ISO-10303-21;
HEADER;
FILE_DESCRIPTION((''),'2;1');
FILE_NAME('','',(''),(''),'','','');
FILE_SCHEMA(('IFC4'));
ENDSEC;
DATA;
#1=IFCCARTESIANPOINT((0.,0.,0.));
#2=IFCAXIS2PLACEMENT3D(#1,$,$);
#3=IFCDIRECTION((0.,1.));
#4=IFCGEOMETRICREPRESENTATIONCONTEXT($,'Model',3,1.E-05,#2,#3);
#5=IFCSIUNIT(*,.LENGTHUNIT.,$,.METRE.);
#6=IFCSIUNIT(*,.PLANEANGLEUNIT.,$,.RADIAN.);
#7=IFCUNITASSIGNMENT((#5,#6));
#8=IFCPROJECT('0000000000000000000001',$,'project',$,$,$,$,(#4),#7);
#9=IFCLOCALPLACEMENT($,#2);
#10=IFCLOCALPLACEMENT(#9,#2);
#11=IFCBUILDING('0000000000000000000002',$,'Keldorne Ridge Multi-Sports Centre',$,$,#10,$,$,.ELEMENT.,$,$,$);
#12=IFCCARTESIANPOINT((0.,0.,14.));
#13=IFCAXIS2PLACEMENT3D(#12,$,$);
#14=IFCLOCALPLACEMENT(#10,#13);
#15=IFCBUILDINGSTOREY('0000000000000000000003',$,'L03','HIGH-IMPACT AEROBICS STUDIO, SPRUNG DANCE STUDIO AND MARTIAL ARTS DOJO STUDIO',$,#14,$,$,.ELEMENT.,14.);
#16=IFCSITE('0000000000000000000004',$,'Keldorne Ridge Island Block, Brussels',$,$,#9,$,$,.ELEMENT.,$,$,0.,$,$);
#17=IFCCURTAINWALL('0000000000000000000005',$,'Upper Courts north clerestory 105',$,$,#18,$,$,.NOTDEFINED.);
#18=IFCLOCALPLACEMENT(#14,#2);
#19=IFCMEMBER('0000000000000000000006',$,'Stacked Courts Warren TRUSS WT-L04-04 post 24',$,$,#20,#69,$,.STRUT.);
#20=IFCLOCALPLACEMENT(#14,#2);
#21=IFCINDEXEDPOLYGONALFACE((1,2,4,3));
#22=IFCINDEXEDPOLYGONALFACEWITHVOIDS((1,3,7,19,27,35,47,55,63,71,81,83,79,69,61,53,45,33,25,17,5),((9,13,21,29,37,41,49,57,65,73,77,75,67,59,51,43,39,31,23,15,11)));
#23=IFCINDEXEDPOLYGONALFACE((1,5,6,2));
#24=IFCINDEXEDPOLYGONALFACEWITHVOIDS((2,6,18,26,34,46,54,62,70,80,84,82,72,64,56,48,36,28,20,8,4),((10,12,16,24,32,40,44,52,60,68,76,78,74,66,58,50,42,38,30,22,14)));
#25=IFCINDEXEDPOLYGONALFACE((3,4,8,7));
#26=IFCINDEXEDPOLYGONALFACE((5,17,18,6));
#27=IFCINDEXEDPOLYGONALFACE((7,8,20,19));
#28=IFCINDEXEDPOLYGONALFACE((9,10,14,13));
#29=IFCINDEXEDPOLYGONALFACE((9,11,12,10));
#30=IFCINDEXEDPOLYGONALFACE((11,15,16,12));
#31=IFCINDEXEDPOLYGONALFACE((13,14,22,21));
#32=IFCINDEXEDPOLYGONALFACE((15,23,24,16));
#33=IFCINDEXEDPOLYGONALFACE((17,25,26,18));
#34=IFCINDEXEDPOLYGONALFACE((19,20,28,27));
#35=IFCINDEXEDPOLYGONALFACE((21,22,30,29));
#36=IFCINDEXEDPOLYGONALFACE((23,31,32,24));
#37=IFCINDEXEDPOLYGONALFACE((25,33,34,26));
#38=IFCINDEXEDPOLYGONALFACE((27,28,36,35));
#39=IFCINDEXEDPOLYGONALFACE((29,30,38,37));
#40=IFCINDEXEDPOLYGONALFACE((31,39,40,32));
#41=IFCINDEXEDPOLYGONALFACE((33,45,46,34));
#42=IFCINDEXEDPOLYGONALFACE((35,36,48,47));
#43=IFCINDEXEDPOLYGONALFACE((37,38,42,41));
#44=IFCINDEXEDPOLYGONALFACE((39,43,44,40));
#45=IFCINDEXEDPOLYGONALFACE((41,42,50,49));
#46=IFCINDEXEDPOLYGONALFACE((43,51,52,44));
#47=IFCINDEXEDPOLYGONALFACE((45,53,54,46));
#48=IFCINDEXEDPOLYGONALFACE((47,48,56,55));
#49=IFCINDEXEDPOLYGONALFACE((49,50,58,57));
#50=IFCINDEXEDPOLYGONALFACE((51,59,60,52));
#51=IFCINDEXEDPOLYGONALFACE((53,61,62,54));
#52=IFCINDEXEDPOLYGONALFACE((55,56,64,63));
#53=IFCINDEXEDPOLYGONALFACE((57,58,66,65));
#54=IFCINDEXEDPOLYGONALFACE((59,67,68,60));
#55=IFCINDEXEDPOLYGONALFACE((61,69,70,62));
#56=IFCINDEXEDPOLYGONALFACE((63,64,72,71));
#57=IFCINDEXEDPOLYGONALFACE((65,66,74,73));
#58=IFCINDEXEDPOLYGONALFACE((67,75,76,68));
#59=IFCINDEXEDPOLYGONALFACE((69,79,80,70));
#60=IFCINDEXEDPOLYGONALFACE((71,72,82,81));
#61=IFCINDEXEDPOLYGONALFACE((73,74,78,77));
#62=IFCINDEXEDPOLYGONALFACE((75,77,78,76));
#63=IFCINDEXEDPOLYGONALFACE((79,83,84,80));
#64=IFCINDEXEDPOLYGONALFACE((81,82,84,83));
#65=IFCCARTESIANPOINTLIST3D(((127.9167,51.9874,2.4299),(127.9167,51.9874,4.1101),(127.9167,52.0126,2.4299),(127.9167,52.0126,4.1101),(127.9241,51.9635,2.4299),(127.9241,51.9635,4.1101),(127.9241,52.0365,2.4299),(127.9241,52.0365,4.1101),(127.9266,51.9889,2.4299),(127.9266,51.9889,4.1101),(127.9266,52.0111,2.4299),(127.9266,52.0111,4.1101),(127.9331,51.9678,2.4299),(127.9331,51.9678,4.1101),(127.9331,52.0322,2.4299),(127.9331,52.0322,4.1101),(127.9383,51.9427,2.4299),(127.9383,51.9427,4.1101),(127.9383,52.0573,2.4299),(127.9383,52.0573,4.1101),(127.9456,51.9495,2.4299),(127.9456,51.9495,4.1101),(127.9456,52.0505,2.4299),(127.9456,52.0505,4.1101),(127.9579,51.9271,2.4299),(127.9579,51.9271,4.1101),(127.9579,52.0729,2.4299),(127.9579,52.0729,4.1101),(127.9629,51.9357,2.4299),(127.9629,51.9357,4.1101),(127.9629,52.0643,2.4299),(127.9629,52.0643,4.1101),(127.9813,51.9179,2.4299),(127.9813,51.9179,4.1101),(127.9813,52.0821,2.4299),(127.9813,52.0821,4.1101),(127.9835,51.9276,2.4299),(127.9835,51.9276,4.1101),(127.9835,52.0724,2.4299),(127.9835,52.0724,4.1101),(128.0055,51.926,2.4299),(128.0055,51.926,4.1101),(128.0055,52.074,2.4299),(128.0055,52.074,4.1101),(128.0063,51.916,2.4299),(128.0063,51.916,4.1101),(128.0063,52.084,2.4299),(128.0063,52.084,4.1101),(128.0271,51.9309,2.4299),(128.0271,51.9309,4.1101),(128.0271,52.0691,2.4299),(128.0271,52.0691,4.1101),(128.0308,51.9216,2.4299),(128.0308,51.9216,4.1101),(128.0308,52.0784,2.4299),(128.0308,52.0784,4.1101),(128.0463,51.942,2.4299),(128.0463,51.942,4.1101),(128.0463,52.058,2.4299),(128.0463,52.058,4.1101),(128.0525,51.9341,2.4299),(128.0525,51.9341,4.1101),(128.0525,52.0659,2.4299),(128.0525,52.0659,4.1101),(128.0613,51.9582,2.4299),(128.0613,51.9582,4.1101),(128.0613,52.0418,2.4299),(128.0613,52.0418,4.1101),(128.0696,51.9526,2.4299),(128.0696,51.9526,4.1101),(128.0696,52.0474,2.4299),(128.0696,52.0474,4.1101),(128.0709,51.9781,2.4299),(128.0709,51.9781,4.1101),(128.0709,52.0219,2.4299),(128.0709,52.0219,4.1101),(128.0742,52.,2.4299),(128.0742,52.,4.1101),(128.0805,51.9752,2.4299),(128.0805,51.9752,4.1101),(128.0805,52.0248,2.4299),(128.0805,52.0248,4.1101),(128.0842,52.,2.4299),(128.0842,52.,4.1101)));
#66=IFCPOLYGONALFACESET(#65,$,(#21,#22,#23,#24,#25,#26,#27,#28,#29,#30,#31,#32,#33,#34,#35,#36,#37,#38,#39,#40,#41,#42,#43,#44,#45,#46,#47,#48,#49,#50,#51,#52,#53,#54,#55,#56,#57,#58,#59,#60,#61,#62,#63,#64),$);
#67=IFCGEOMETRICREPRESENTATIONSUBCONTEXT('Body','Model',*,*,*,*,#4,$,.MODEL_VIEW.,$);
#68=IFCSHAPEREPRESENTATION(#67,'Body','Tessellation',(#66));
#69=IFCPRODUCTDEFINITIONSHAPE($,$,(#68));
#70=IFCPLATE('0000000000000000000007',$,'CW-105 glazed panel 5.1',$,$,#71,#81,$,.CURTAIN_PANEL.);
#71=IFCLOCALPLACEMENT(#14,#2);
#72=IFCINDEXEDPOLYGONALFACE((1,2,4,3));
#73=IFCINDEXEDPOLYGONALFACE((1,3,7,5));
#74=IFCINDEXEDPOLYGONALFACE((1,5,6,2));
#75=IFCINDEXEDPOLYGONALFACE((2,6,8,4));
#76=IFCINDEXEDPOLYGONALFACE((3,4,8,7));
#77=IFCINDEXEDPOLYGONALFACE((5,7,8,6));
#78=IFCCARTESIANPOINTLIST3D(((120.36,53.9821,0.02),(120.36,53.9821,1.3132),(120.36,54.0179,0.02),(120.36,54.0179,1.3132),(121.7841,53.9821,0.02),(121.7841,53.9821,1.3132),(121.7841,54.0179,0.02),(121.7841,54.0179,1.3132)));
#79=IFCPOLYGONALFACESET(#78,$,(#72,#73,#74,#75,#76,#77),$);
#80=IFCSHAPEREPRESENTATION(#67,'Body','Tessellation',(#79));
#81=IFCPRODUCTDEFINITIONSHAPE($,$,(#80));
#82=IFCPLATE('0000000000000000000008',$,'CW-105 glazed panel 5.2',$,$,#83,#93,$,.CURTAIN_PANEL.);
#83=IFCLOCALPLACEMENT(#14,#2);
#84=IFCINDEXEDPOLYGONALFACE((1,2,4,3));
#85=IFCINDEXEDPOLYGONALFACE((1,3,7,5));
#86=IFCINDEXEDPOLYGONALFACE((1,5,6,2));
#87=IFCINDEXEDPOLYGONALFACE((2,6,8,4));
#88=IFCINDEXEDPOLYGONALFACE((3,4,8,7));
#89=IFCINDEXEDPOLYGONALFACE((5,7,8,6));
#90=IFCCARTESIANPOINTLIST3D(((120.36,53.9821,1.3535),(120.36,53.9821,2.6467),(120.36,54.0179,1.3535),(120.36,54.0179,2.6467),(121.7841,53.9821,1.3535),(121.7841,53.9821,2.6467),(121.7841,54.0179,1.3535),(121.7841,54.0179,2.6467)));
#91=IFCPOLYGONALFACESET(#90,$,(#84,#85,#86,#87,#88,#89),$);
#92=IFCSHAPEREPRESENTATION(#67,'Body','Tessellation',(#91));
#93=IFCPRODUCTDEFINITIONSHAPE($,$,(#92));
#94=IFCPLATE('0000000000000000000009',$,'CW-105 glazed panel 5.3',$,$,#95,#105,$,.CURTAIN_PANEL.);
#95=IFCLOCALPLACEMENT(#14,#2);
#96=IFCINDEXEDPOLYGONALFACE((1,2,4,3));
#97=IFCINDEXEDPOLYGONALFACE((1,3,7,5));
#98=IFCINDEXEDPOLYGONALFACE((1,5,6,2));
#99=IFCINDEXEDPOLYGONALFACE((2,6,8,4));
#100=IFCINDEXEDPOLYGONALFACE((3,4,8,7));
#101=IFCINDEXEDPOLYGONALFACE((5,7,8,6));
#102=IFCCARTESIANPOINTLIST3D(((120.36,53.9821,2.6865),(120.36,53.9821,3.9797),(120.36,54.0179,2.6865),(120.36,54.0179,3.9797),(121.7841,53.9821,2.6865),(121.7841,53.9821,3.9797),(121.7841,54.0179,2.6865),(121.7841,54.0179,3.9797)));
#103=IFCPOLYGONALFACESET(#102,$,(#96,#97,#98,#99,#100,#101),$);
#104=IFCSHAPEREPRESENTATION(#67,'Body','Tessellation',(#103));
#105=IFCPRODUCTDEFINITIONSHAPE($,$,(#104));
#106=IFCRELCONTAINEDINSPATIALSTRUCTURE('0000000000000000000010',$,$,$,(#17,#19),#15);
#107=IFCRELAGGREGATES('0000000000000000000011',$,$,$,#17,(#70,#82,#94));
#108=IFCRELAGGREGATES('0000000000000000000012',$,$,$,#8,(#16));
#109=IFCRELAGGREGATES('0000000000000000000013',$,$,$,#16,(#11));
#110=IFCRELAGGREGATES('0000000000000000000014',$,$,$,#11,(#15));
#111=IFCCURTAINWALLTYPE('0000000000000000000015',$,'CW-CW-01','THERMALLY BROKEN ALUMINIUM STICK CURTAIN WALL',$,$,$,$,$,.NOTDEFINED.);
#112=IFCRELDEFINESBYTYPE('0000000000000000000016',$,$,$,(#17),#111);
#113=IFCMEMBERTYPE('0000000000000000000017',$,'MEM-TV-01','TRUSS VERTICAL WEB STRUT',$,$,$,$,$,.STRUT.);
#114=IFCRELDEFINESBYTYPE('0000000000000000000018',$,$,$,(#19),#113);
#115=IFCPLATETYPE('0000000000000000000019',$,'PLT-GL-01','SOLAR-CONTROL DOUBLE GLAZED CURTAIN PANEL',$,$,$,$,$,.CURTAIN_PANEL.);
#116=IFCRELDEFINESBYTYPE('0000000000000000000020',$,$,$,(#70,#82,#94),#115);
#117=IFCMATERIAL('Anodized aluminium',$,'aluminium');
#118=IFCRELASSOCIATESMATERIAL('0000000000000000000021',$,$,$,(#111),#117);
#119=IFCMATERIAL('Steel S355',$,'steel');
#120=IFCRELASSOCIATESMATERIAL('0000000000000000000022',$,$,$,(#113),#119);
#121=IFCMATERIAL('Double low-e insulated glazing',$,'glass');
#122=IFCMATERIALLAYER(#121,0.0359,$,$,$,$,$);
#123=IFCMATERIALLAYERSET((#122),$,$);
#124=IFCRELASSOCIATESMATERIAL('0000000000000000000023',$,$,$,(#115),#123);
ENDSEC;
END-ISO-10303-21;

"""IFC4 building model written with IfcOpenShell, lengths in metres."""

from ifc_helpers import new_model, si_unit, direction, frame, origin, origin_2d, place, context, subcontext, project, spatial, rectangle, hollow_circle, extrude, material, layer, layer_set, material_profile, profile_set, type_object, element, aggregate, save


model = new_model("IFC4")

# Units and contexts
model_context = context("Model", 3, precision=1e-05, world=origin(), true_north=direction((0.0, 1.0)))
body_context = subcontext(model_context, "Body", "Model", "MODEL_VIEW")
ifc_project = project(units=[si_unit("LENGTHUNIT", "METRE"), si_unit("PLANEANGLEUNIT", "RADIAN")], contexts=[model_context])

# Site, building, storey
site_placement = place(None, origin())
site = spatial("IfcSite", under=ifc_project, at=site_placement, Name="Keldorne Ridge Island Block, Brussels", CompositionType="ELEMENT", RefElevation=0.0)
building_placement = place(site_placement, origin())
building = spatial("IfcBuilding", under=site, at=building_placement, Name="Keldorne Ridge Multi-Sports Centre", CompositionType="ELEMENT")
storey_placement = place(building_placement, frame((0.0, 0.0, 14.0)))
storey = spatial("IfcBuildingStorey", under=building, at=storey_placement, Name="L03", Description="HIGH-IMPACT AEROBICS STUDIO, SPRUNG DANCE STUDIO AND MARTIAL ARTS DOJO STUDIO", CompositionType="ELEMENT", Elevation=14.0)

# Shared definitions
ifc_material_1 = material(Name="Steel S355", Category="steel")

# Curtain wall
ifc_material_2 = material(Name="Anodized aluminium", Category="aluminium")
curtain_wall_type = type_object("IfcCurtainWallType", Name="CW-CW-01", Description="THERMALLY BROKEN ALUMINIUM STICK CURTAIN WALL", PredefinedType="NOTDEFINED", material=ifc_material_2)
curtain_wall_placement = place(storey_placement, origin())
curtain_wall = element("IfcCurtainWall", 1, at=curtain_wall_placement, inside=storey, type_object=curtain_wall_type, Name="Upper Courts north clerestory 105", PredefinedType="NOTDEFINED")

# Member
ifc_material_profile_1 = material_profile(ifc_material_1, hollow_circle(Radius=0.0842, WallThickness=0.01, at=origin_2d()), Name="CHS 168.3x10")
ifc_profile_set_1 = profile_set([ifc_material_profile_1], Name="Steel S355")
member_type_1 = type_object("IfcMemberType", Name="MEM-TV-01", Description="TRUSS VERTICAL WEB STRUT", PredefinedType="STRUT", material=ifc_profile_set_1)
for number, where, z_axis, x_axis, name in (
    (2, (128.0, 52.0, 2.4299), (0.0, 0.0, 1.0), (1.0, 0.0, 0.0), "Stacked Courts Warren TRUSS WT-L04-04 post 24"),
):
    element("IfcMember", number, at=place(storey_placement, frame(where, z_axis=z_axis, x_axis=x_axis)), inside=storey, type_object=member_type_1, Name=name, PredefinedType="STRUT", context=body_context, shape_type="SweptSolid", body=[
        extrude(hollow_circle(Radius=0.0842, WallThickness=0.01, at=origin_2d()), origin(), (0.0, 0.0, 1.0), 1.6802),
    ])

# Plates
ifc_material_3 = material(Name="Double low-e insulated glazing", Category="glass")
ifc_layer = layer(ifc_material_3, 0.0359)
ifc_layer_set = layer_set([ifc_layer])
plate_type = type_object("IfcPlateType", Name="PLT-GL-01", Description="SOLAR-CONTROL DOUBLE GLAZED CURTAIN PANEL", PredefinedType="CURTAIN_PANEL", material=ifc_layer_set)
plate_1_placement = place(storey_placement, frame((121.072, 54.0, 0.02), z_axis=(0.0, 0.0, 1.0), x_axis=(-1.0, 0.0, 0.0)))
plate_1 = element("IfcPlate", 3, at=plate_1_placement, type_object=plate_type, Name="CW-105 glazed panel 5.1", PredefinedType="CURTAIN_PANEL", context=body_context, shape_type="SweptSolid", body=[
    extrude(rectangle(XDim=1.4241, YDim=0.0359, at=origin_2d()), origin(), (0.0, 0.0, 1.0), 1.2932),
])
plate_2_placement = place(storey_placement, frame((121.072, 54.0, 1.3535), z_axis=(0.0, 0.0, 1.0), x_axis=(-1.0, 0.0, 0.0)))
plate_2 = element("IfcPlate", 4, at=plate_2_placement, type_object=plate_type, Name="CW-105 glazed panel 5.2", PredefinedType="CURTAIN_PANEL", context=body_context, shape_type="SweptSolid", body=[
    extrude(rectangle(XDim=1.4241, YDim=0.0359, at=origin_2d()), origin(), (0.0, 0.0, 1.0), 1.2932),
])
plate_3_placement = place(storey_placement, frame((121.072, 54.0, 2.6865), z_axis=(0.0, 0.0, 1.0), x_axis=(-1.0, 0.0, 0.0)))
plate_3 = element("IfcPlate", 5, at=plate_3_placement, type_object=plate_type, Name="CW-105 glazed panel 5.3", PredefinedType="CURTAIN_PANEL", context=body_context, shape_type="SweptSolid", body=[
    extrude(rectangle(XDim=1.4241, YDim=0.0359, at=origin_2d()), origin(), (0.0, 0.0, 1.0), 1.2932),
])
aggregate(curtain_wall, [plate_1, plate_2, plate_3])

save(model, "model.ifc")
